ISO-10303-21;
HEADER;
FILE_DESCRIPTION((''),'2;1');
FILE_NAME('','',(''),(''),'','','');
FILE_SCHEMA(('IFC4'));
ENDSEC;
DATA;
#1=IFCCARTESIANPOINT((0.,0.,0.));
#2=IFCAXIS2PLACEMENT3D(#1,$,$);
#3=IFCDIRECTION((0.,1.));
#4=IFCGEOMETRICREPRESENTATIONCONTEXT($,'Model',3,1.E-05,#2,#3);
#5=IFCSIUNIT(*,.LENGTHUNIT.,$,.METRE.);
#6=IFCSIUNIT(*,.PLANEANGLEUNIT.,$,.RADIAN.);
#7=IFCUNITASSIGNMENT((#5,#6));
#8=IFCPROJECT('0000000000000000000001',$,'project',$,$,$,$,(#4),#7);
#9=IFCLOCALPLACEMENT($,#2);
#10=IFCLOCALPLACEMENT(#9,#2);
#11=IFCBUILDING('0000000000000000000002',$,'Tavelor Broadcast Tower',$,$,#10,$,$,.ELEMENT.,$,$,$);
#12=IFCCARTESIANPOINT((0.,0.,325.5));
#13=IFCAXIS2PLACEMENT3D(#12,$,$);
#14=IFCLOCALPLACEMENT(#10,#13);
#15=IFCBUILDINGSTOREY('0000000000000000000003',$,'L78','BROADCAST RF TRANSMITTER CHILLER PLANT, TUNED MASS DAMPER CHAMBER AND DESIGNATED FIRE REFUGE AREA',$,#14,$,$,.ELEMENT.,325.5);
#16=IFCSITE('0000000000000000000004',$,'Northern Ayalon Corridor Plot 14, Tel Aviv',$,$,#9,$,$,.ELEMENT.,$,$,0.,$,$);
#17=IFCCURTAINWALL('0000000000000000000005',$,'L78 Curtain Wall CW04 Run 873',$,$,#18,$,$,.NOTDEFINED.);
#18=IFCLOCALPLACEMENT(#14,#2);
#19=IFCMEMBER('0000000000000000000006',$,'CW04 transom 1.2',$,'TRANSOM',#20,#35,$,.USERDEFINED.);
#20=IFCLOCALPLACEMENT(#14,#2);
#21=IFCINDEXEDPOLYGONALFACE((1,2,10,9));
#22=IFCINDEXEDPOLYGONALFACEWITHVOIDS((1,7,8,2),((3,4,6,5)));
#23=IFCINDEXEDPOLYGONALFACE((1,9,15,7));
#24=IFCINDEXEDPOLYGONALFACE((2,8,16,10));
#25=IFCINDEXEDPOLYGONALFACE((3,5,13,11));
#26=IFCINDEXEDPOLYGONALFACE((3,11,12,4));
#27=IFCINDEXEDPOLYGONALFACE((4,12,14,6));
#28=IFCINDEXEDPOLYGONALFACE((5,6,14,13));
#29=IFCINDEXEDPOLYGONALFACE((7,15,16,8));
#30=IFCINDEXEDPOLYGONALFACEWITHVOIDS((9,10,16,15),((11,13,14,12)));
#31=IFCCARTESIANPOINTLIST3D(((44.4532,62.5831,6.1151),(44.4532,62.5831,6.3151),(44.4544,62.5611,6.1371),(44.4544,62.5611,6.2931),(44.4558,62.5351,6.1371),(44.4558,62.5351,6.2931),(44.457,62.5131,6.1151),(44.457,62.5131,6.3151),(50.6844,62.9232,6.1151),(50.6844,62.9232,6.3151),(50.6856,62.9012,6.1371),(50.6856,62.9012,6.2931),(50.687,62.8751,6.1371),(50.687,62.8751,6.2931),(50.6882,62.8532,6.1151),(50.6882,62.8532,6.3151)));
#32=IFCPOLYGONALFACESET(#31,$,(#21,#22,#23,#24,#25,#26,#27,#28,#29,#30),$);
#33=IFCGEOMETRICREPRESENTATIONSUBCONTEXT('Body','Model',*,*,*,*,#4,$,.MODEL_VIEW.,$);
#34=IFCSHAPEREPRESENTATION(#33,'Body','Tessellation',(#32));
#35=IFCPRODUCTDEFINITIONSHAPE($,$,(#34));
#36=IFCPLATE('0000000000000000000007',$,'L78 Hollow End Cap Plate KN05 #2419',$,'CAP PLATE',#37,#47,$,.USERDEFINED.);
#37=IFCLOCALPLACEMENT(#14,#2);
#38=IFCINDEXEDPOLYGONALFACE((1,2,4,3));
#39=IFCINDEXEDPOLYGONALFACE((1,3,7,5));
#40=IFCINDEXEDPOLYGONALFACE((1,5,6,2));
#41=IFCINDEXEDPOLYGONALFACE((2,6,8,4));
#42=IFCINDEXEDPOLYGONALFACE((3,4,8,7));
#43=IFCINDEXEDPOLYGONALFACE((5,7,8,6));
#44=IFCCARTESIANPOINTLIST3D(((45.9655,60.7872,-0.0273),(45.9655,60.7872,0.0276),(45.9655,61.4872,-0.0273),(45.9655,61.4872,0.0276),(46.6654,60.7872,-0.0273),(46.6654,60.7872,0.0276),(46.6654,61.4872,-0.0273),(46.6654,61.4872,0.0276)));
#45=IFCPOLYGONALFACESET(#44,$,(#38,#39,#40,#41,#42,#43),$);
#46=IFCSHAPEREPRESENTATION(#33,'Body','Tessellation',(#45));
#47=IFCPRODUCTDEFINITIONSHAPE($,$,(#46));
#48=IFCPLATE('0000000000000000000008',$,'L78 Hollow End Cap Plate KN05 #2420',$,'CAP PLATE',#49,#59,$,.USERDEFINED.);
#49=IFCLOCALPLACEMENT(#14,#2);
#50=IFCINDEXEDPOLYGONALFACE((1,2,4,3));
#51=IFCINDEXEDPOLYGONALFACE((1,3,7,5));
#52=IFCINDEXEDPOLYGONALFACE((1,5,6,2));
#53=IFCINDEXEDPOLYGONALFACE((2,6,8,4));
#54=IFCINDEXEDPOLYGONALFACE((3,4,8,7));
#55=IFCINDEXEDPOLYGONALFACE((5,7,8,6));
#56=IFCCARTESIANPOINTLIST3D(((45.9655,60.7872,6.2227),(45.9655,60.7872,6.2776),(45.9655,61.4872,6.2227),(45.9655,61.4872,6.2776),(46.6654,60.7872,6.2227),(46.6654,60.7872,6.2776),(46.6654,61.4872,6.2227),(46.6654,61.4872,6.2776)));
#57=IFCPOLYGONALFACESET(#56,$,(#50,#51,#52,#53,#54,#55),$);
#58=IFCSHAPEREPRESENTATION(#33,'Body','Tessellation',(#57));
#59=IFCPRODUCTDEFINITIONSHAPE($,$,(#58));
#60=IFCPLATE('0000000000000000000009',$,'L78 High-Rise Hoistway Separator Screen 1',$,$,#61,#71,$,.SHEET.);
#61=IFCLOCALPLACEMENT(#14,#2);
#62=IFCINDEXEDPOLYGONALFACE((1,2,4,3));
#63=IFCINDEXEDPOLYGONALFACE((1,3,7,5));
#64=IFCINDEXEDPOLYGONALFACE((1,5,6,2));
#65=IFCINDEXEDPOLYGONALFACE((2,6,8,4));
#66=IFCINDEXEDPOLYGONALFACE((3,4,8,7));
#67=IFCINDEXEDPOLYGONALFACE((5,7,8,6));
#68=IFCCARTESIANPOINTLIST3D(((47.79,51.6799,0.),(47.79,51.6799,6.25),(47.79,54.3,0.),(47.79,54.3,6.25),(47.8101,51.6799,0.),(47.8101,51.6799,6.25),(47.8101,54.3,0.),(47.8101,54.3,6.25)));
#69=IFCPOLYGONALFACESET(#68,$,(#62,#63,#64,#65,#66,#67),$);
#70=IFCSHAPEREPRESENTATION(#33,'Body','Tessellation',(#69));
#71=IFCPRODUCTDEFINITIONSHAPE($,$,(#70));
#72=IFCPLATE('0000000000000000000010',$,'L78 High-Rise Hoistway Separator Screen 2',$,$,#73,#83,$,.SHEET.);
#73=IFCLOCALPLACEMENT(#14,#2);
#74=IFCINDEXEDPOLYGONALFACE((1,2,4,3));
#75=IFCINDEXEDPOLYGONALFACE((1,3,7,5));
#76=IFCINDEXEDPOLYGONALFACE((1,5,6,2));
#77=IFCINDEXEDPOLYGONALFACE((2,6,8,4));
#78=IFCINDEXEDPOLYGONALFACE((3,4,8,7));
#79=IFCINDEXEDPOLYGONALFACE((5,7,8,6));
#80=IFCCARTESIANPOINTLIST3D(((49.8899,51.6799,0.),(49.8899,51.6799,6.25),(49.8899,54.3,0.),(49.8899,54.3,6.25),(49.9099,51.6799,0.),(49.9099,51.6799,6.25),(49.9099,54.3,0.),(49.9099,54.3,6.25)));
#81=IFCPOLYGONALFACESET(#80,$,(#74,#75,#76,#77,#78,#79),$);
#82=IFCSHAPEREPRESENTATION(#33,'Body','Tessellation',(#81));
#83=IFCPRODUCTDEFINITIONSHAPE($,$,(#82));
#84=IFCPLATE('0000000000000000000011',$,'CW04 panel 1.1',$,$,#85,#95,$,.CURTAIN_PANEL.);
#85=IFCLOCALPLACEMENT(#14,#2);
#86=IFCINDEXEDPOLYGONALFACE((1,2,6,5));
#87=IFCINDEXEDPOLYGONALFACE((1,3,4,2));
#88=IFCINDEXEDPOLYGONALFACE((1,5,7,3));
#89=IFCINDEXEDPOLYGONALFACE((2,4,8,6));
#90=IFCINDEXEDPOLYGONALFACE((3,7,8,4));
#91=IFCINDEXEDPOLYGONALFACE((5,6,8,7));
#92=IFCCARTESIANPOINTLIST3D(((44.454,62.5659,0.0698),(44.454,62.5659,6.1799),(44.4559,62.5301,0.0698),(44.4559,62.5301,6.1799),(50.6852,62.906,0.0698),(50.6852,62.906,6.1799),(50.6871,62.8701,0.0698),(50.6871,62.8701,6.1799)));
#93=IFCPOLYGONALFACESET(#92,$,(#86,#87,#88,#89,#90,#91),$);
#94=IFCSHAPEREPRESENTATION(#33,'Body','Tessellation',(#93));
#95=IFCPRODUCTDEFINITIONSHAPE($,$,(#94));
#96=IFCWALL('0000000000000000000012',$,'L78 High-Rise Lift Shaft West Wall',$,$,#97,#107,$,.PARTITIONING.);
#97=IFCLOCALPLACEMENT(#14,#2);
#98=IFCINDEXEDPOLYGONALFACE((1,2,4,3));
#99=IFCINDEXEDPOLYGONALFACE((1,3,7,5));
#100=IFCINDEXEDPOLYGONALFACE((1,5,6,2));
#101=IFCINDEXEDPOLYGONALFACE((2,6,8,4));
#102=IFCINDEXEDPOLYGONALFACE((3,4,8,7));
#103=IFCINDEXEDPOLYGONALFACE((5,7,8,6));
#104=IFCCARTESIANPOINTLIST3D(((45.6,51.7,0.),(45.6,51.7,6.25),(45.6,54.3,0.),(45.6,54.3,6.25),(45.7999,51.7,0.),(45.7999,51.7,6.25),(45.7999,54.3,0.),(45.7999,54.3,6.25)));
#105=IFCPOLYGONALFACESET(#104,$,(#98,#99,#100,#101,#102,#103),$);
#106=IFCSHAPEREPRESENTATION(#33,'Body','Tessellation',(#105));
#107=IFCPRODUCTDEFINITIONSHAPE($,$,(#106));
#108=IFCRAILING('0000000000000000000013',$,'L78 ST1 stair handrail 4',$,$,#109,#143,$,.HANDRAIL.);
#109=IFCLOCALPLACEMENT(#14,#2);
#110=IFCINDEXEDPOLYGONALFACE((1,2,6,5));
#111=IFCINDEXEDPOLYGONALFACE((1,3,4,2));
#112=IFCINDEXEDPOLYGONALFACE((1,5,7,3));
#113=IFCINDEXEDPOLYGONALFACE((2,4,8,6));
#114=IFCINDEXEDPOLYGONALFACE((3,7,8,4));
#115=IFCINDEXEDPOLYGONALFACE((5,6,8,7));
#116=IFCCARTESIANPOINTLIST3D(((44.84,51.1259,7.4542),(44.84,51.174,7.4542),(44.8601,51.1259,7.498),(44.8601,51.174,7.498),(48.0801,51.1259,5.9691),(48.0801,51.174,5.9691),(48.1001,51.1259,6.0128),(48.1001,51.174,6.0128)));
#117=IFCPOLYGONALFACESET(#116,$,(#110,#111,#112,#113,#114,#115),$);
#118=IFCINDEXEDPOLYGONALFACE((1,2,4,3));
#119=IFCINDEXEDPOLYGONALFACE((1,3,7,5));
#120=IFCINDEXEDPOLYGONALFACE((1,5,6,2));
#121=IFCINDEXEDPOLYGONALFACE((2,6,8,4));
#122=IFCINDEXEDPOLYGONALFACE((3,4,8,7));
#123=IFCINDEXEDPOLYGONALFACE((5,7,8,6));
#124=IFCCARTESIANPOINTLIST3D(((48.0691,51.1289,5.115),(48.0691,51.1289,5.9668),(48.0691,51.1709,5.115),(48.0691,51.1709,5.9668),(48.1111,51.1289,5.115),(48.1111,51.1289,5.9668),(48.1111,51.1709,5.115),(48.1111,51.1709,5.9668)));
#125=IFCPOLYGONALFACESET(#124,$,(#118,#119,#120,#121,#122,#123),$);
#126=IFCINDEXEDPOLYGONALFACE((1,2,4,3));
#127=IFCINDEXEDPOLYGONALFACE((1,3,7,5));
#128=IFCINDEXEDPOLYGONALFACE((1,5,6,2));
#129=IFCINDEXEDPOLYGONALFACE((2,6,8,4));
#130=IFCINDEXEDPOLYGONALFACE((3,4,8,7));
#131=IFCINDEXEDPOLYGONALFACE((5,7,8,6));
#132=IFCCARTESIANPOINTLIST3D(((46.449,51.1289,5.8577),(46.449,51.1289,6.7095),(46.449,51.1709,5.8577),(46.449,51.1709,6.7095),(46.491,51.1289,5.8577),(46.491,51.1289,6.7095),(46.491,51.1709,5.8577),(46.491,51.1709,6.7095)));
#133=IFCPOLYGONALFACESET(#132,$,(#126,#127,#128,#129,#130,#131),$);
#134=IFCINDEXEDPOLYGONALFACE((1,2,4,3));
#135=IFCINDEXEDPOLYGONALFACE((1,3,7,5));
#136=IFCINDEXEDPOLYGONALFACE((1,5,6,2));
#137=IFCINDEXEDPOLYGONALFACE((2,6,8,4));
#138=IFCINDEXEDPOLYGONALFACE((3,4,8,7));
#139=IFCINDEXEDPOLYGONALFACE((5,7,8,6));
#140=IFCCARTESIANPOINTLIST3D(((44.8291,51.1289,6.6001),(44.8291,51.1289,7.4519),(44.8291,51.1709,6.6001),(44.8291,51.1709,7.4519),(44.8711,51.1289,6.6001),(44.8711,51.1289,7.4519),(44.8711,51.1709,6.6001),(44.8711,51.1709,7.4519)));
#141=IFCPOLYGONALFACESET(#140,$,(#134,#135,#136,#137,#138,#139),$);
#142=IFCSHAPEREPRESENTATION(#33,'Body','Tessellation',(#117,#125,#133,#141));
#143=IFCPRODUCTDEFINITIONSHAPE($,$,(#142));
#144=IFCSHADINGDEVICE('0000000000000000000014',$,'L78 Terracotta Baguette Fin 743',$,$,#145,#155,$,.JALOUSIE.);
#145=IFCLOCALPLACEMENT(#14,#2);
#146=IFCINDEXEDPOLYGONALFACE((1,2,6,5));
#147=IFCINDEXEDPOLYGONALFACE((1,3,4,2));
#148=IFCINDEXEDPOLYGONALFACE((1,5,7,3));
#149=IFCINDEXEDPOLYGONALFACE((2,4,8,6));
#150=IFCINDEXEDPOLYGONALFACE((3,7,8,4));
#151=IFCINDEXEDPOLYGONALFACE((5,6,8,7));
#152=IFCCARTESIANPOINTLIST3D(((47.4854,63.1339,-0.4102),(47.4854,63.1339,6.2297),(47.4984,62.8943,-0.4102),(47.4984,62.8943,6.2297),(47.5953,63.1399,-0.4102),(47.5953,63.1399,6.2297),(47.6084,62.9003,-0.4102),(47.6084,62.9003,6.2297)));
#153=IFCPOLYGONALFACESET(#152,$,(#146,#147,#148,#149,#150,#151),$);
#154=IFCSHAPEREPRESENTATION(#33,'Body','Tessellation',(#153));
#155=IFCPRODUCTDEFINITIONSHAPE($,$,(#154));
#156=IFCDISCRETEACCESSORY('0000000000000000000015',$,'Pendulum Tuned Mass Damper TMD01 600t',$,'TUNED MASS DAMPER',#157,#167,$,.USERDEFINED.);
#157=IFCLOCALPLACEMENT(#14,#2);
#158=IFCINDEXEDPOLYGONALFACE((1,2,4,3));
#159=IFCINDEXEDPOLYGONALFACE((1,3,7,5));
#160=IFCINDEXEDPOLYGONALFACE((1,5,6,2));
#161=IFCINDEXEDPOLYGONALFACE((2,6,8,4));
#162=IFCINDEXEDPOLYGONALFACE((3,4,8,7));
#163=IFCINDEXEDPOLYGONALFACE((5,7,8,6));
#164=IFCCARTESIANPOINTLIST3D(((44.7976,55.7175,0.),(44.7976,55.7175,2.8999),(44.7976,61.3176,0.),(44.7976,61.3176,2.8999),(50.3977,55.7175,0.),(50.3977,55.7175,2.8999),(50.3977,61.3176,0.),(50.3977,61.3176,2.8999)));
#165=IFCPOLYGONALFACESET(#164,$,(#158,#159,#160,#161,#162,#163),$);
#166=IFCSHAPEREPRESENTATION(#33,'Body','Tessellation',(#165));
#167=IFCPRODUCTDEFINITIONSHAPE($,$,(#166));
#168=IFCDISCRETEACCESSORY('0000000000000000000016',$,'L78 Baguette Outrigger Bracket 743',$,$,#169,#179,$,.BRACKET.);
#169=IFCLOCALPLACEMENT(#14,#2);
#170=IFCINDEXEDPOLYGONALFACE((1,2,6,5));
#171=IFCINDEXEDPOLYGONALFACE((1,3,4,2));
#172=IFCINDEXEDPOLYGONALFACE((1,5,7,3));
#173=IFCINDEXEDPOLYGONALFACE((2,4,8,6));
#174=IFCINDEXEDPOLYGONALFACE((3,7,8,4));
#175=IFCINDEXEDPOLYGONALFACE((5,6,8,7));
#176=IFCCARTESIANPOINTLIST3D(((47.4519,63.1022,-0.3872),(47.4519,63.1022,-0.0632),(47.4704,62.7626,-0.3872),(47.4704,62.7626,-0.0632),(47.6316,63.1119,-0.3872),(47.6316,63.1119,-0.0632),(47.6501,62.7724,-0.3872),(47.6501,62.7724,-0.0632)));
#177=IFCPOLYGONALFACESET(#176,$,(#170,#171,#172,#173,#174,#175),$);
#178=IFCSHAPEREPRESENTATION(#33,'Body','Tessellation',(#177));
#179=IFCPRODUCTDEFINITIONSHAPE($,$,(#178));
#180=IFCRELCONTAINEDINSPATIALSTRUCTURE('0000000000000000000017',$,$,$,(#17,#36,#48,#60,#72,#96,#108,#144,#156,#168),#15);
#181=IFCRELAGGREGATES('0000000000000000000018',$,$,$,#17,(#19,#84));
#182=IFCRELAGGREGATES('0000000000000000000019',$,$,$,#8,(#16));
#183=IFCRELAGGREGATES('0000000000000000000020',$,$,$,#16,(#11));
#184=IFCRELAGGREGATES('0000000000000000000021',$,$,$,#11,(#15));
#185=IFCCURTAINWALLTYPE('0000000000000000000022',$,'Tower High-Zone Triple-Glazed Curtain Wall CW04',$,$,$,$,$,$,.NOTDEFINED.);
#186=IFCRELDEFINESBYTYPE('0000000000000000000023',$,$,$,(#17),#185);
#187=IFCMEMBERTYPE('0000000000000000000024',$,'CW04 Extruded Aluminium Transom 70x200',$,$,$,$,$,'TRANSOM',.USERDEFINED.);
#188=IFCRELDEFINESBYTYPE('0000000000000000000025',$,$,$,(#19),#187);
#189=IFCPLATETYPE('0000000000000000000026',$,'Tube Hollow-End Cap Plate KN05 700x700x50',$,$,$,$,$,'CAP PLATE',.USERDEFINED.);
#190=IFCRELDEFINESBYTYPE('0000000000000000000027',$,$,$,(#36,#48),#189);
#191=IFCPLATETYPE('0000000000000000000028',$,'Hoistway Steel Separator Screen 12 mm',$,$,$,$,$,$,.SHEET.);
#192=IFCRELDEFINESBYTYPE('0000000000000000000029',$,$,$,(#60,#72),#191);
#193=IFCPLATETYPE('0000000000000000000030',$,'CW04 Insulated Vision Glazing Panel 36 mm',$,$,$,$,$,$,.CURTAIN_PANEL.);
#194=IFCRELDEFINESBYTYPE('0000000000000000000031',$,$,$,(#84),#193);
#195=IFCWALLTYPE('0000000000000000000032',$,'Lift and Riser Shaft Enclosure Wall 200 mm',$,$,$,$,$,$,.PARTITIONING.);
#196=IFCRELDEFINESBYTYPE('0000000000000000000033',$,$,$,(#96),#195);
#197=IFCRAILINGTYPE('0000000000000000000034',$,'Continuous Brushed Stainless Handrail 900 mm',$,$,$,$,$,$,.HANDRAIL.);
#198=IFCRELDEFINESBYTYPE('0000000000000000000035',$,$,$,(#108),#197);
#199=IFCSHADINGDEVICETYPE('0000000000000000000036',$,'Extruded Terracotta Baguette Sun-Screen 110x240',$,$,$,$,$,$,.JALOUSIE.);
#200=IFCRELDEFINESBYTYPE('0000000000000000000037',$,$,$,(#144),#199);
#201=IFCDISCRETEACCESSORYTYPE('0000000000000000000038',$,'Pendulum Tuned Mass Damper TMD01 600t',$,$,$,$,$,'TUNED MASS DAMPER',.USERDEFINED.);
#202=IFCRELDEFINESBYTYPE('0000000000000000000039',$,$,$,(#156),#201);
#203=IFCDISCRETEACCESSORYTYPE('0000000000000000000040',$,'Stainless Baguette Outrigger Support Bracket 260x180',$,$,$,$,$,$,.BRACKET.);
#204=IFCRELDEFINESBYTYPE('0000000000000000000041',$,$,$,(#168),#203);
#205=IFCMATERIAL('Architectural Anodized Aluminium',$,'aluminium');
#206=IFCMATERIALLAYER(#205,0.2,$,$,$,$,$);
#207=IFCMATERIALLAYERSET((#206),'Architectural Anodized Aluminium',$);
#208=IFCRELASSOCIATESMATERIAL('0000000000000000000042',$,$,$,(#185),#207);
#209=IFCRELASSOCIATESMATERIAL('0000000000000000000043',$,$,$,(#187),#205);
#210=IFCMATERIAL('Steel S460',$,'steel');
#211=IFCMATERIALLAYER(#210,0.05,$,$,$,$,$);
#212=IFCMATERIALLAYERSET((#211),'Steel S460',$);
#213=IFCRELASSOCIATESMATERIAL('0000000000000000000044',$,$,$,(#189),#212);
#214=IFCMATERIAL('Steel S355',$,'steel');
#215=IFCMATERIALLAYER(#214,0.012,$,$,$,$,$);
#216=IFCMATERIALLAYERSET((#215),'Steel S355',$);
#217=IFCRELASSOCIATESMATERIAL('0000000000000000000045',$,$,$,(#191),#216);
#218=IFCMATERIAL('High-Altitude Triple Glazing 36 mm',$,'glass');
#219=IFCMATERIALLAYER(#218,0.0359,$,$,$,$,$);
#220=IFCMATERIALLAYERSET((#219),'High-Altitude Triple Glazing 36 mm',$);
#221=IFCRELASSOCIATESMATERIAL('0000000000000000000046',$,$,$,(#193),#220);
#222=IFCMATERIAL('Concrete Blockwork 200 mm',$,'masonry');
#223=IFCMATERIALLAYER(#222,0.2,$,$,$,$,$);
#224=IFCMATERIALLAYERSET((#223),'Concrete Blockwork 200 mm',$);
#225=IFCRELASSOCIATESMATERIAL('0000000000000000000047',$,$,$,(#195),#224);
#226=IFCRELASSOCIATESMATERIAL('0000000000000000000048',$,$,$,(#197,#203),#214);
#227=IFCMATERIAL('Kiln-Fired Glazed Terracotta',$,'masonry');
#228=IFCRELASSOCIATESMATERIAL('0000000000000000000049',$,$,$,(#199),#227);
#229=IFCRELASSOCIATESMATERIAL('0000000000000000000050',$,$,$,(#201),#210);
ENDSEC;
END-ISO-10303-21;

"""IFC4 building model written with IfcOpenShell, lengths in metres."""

from ifc_helpers import new_model, si_unit, direction, frame, frame_2d, origin, origin_2d, place, context, subcontext, project, spatial, rectangle, hollow_rectangle, extrude, source, transform, mapped, material, layer, layer_set, material_profile, profile_set, type_object, type_shapes, element, aggregate, save


model = new_model("IFC4")

# Units and contexts
model_context = context("Model", 3, precision=1e-05, world=origin(), true_north=direction((0.0, 1.0)))
body_context = subcontext(model_context, "Body", "Model", "MODEL_VIEW")
ifc_project = project(units=[si_unit("LENGTHUNIT", "METRE"), si_unit("PLANEANGLEUNIT", "RADIAN")], contexts=[model_context])

# Site, building, storey
site_placement = place(None, origin())
site = spatial("IfcSite", under=ifc_project, at=site_placement, Name="Northern Ayalon Corridor Plot 14, Tel Aviv", CompositionType="ELEMENT", RefElevation=0.0)
building_placement = place(site_placement, origin())
building = spatial("IfcBuilding", under=site, at=building_placement, Name="Tavelor Broadcast Tower", CompositionType="ELEMENT")
storey_placement = place(building_placement, frame((0.0, 0.0, 325.5)))
storey = spatial("IfcBuildingStorey", under=building, at=storey_placement, Name="L78", Description="BROADCAST RF TRANSMITTER CHILLER PLANT, TUNED MASS DAMPER CHAMBER AND DESIGNATED FIRE REFUGE AREA", CompositionType="ELEMENT", Elevation=325.5)

# Shared definitions
ifc_material_1 = material(Name="Steel S460", Category="steel")

# Curtain wall
ifc_material_2 = material(Name="Architectural Anodized Aluminium", Category="aluminium")
ifc_layer_1 = layer(ifc_material_2, 0.2)
ifc_layer_set_1 = layer_set([ifc_layer_1], Name="Architectural Anodized Aluminium")
curtain_wall_type = type_object("IfcCurtainWallType", Name="Tower High-Zone Triple-Glazed Curtain Wall CW04", PredefinedType="NOTDEFINED", material=ifc_layer_set_1)
curtain_wall_1_placement = place(storey_placement, origin())
curtain_wall_1 = element("IfcCurtainWall", 1, at=curtain_wall_1_placement, inside=storey, type_object=curtain_wall_type, Name="L78 Curtain Wall CW04 Run 873", PredefinedType="NOTDEFINED")
ifc_material_profile_1 = material_profile(ifc_material_2, hollow_rectangle(XDim=0.0701, YDim=0.2, WallThickness=0.022, at=origin_2d()), Name="RHS 70x200x22")
ifc_profile_set_1 = profile_set([ifc_material_profile_1], Name="Architectural Anodized Aluminium")
member_type_1 = type_object("IfcMemberType", Name="CW04 Extruded Aluminium Transom 70x200", ElementType="TRANSOM", PredefinedType="USERDEFINED", material=ifc_profile_set_1)

# Member
shared_shape_1 = source(origin(), body_context, "Body", "SweptSolid", [
    extrude(hollow_rectangle(XDim=0.0701, YDim=0.2, WallThickness=0.022, at=origin_2d()), origin(), (0.0, 0.0, 1.0), 6.2405),
])
member_1_placement = place(storey_placement, frame((50.6863, 62.8882, 6.2151), z_axis=(-0.998514, -0.054497, 0.0), x_axis=(0.054497, -0.998514, 0.0)))
member_1 = element("IfcMember", 2, at=member_1_placement, type_object=member_type_1, Name="CW04 transom 1.2", ObjectType="TRANSOM", PredefinedType="USERDEFINED", context=body_context, shape_type="MappedRepresentation", body=[
    mapped(shared_shape_1, transform((0.0, 0.0, 0.0), scale=1.0)),
])

# Plates
ifc_layer_2 = layer(ifc_material_1, 0.05)
ifc_layer_set_2 = layer_set([ifc_layer_2], Name="Steel S460")
plate_type_1 = type_object("IfcPlateType", Name="Tube Hollow-End Cap Plate KN05 700x700x50", ElementType="CAP PLATE", PredefinedType="USERDEFINED", material=ifc_layer_set_2)
shared_shape_2 = source(origin(), body_context, "Body", "SweptSolid", [
    extrude(rectangle(XDim=0.7, YDim=0.7, at=origin_2d()), origin(), (0.0, 0.0, 1.0), 0.0549),
])
type_shapes(plate_type_1, [shared_shape_2])
for number, where, z_axis, x_axis, name in (
    (3, (46.3154, 61.1372, -0.0273), (0.0, 0.0, 1.0), (1.0, 0.0, 0.0), "L78 Hollow End Cap Plate KN05 #2419"),
    (4, (46.3154, 61.1372, 6.2227), (0.0, 0.0, 1.0), (1.0, 0.0, 0.0), "L78 Hollow End Cap Plate KN05 #2420"),
):
    element("IfcPlate", number, at=place(storey_placement, frame(where, z_axis=z_axis, x_axis=x_axis)), inside=storey, type_object=plate_type_1, Name=name, ObjectType="CAP PLATE", PredefinedType="USERDEFINED", context=body_context, shape_type="MappedRepresentation", body=[
        mapped(shared_shape_2, transform((0.0, 0.0, 0.0), scale=1.0)),
    ])
ifc_material_3 = material(Name="Steel S355", Category="steel")
ifc_layer_3 = layer(ifc_material_3, 0.012)
ifc_layer_set_3 = layer_set([ifc_layer_3], Name="Steel S355")
plate_type_2 = type_object("IfcPlateType", Name="Hoistway Steel Separator Screen 12 mm", PredefinedType="SHEET", material=ifc_layer_set_3)
shared_shape_3 = source(origin(), body_context, "Body", "SweptSolid", [
    extrude(rectangle(XDim=0.02, YDim=2.6201, at=origin_2d()), origin(), (0.0, 0.0, 1.0), 6.25),
])
type_shapes(plate_type_2, [shared_shape_3])
for number, where, z_axis, x_axis, name in (
    (5, (47.8, 52.99, 0.0), (0.0, 0.0, 1.0), (1.0, 0.0, 0.0), "L78 High-Rise Hoistway Separator Screen 1"),
    (6, (49.8999, 52.99, 0.0), (0.0, 0.0, 1.0), (1.0, 0.0, 0.0), "L78 High-Rise Hoistway Separator Screen 2"),
):
    element("IfcPlate", number, at=place(storey_placement, frame(where, z_axis=z_axis, x_axis=x_axis)), inside=storey, type_object=plate_type_2, Name=name, PredefinedType="SHEET", context=body_context, shape_type="MappedRepresentation", body=[
        mapped(shared_shape_3, transform((0.0, 0.0, 0.0), scale=1.0)),
    ])

# Plate
ifc_material_4 = material(Name="High-Altitude Triple Glazing 36 mm", Category="glass")
ifc_layer_4 = layer(ifc_material_4, 0.0359)
ifc_layer_set_4 = layer_set([ifc_layer_4], Name="High-Altitude Triple Glazing 36 mm")
plate_type_3 = type_object("IfcPlateType", Name="CW04 Insulated Vision Glazing Panel 36 mm", PredefinedType="CURTAIN_PANEL", material=ifc_layer_set_4)
shared_shape_4 = source(origin(), body_context, "Body", "SweptSolid", [
    extrude(rectangle(XDim=6.2405, YDim=0.0359, at=origin_2d()), origin(), (0.0, 0.0, 1.0), 6.1101),
])
type_shapes(plate_type_3, [shared_shape_4])
plate_placement = place(storey_placement, frame((47.5706, 62.718, 0.0698), z_axis=(0.0, 0.0, 1.0), x_axis=(-0.998514, -0.054494, 0.0)))
plate = element("IfcPlate", 7, at=plate_placement, type_object=plate_type_3, Name="CW04 panel 1.1", PredefinedType="CURTAIN_PANEL", context=body_context, shape_type="MappedRepresentation", body=[
    mapped(shared_shape_4, transform((0.0, 0.0, 0.0), scale=1.0)),
])
aggregate(curtain_wall_1, [member_1, plate])

# Shared definitions
ifc_material_5 = material(Name="Concrete Blockwork 200 mm", Category="masonry")

# Wall
ifc_layer_5 = layer(ifc_material_5, 0.2)
ifc_layer_set_5 = layer_set([ifc_layer_5], Name="Concrete Blockwork 200 mm")
wall_type_1 = type_object("IfcWallType", Name="Lift and Riser Shaft Enclosure Wall 200 mm", PredefinedType="PARTITIONING", material=ifc_layer_set_5)
wall_1_placement = place(storey_placement, frame((45.7, 51.7, 0.0), z_axis=(0.0, 0.0, 1.0), x_axis=(0.0, 1.0, 0.0)))
element("IfcWall", 8, at=wall_1_placement, inside=storey, type_object=wall_type_1, Name="L78 High-Rise Lift Shaft West Wall", PredefinedType="PARTITIONING", context=body_context, shape_type="SweptSolid", body=[
    extrude(rectangle(XDim=2.6001, YDim=0.2, at=frame_2d((1.3, 0.0))), origin(), (0.0, 0.0, 1.0), 6.25),
])

# Railing
railing_type = type_object("IfcRailingType", Name="Continuous Brushed Stainless Handrail 900 mm", PredefinedType="HANDRAIL", material=ifc_material_3)
railing_placement = place(storey_placement, frame((48.0901, 51.1499, 5.115)))
element("IfcRailing", 9, at=railing_placement, inside=storey, type_object=railing_type, Name="L78 ST1 stair handrail 4", PredefinedType="HANDRAIL", context=body_context, shape_type="SweptSolid", body=[
    extrude(rectangle(XDim=0.0481, YDim=0.0481, at=origin_2d()), frame((0.0, 0.0, 0.876), z_axis=(-0.909053, 0.0, 0.416681), x_axis=(0.0, -1.0, 0.0)), (0.0, 0.0, 1.0), 3.5642),
    extrude(rectangle(XDim=0.042, YDim=0.042, at=origin_2d()), origin(), (0.0, 0.0, 1.0), 0.8518),
    extrude(rectangle(XDim=0.042, YDim=0.042, at=origin_2d()), frame((-1.6201, 0.0, 0.7427)), (0.0, 0.0, 1.0), 0.8518),
    extrude(rectangle(XDim=0.042, YDim=0.042, at=origin_2d()), frame((-3.24, 0.0, 1.4851)), (0.0, 0.0, 1.0), 0.8518),
])

# Shading device
ifc_material_6 = material(Name="Kiln-Fired Glazed Terracotta", Category="masonry")
shading_device_type = type_object("IfcShadingDeviceType", Name="Extruded Terracotta Baguette Sun-Screen 110x240", PredefinedType="JALOUSIE", material=ifc_material_6)
shared_shape_5 = source(origin(), body_context, "Body", "SweptSolid", [
    extrude(rectangle(XDim=0.1101, YDim=0.24, at=origin_2d()), origin(), (0.0, 0.0, 1.0), 6.6399),
])
type_shapes(shading_device_type, [shared_shape_5])
shading_device_placement = place(storey_placement, frame((47.5469, 63.0171, -0.4102), z_axis=(0.0, 0.0, 1.0), x_axis=(-0.998518, -0.054427, 0.0)))
element("IfcShadingDevice", 10, at=shading_device_placement, inside=storey, type_object=shading_device_type, Name="L78 Terracotta Baguette Fin 743", PredefinedType="JALOUSIE", context=body_context, shape_type="MappedRepresentation", body=[
    mapped(shared_shape_5, transform((0.0, 0.0, 0.0), scale=1.0)),
])

# Discrete accessories
discrete_accessory_type_1 = type_object("IfcDiscreteAccessoryType", Name="Pendulum Tuned Mass Damper TMD01 600t", ElementType="TUNED MASS DAMPER", PredefinedType="USERDEFINED", material=ifc_material_1)
shared_shape_6 = source(origin(), body_context, "Body", "SweptSolid", [
    extrude(rectangle(XDim=5.6001, YDim=5.6001, at=origin_2d()), origin(), (0.0, 0.0, 1.0), 2.8999),
])
type_shapes(discrete_accessory_type_1, [shared_shape_6])
discrete_accessory_1_placement = place(storey_placement, frame((47.5977, 58.5176, 0.0), z_axis=(0.0, 0.0, 1.0), x_axis=(1.0, 0.0, 0.0)))
element("IfcDiscreteAccessory", 11, at=discrete_accessory_1_placement, inside=storey, type_object=discrete_accessory_type_1, Name="Pendulum Tuned Mass Damper TMD01 600t", ObjectType="TUNED MASS DAMPER", PredefinedType="USERDEFINED", context=body_context, shape_type="MappedRepresentation", body=[
    mapped(shared_shape_6, transform((0.0, 0.0, 0.0), scale=1.0)),
])
discrete_accessory_type_2 = type_object("IfcDiscreteAccessoryType", Name="Stainless Baguette Outrigger Support Bracket 260x180", PredefinedType="BRACKET", material=ifc_material_3)
shared_shape_7 = source(origin(), body_context, "Body", "SweptSolid", [
    extrude(rectangle(XDim=0.1799, YDim=0.3401, at=origin_2d()), origin(), (0.0, 0.0, 1.0), 0.324),
])
type_shapes(discrete_accessory_type_2, [shared_shape_7])
discrete_accessory_2_placement = place(storey_placement, frame((47.551, 62.9373, -0.3872), z_axis=(0.0, 0.0, 1.0), x_axis=(-0.998518, -0.054427, 0.0)))
element("IfcDiscreteAccessory", 12, at=discrete_accessory_2_placement, inside=storey, type_object=discrete_accessory_type_2, Name="L78 Baguette Outrigger Bracket 743", PredefinedType="BRACKET", context=body_context, shape_type="MappedRepresentation", body=[
    mapped(shared_shape_7, transform((0.0, 0.0, 0.0), scale=1.0)),
])

save(model, "model.ifc")
